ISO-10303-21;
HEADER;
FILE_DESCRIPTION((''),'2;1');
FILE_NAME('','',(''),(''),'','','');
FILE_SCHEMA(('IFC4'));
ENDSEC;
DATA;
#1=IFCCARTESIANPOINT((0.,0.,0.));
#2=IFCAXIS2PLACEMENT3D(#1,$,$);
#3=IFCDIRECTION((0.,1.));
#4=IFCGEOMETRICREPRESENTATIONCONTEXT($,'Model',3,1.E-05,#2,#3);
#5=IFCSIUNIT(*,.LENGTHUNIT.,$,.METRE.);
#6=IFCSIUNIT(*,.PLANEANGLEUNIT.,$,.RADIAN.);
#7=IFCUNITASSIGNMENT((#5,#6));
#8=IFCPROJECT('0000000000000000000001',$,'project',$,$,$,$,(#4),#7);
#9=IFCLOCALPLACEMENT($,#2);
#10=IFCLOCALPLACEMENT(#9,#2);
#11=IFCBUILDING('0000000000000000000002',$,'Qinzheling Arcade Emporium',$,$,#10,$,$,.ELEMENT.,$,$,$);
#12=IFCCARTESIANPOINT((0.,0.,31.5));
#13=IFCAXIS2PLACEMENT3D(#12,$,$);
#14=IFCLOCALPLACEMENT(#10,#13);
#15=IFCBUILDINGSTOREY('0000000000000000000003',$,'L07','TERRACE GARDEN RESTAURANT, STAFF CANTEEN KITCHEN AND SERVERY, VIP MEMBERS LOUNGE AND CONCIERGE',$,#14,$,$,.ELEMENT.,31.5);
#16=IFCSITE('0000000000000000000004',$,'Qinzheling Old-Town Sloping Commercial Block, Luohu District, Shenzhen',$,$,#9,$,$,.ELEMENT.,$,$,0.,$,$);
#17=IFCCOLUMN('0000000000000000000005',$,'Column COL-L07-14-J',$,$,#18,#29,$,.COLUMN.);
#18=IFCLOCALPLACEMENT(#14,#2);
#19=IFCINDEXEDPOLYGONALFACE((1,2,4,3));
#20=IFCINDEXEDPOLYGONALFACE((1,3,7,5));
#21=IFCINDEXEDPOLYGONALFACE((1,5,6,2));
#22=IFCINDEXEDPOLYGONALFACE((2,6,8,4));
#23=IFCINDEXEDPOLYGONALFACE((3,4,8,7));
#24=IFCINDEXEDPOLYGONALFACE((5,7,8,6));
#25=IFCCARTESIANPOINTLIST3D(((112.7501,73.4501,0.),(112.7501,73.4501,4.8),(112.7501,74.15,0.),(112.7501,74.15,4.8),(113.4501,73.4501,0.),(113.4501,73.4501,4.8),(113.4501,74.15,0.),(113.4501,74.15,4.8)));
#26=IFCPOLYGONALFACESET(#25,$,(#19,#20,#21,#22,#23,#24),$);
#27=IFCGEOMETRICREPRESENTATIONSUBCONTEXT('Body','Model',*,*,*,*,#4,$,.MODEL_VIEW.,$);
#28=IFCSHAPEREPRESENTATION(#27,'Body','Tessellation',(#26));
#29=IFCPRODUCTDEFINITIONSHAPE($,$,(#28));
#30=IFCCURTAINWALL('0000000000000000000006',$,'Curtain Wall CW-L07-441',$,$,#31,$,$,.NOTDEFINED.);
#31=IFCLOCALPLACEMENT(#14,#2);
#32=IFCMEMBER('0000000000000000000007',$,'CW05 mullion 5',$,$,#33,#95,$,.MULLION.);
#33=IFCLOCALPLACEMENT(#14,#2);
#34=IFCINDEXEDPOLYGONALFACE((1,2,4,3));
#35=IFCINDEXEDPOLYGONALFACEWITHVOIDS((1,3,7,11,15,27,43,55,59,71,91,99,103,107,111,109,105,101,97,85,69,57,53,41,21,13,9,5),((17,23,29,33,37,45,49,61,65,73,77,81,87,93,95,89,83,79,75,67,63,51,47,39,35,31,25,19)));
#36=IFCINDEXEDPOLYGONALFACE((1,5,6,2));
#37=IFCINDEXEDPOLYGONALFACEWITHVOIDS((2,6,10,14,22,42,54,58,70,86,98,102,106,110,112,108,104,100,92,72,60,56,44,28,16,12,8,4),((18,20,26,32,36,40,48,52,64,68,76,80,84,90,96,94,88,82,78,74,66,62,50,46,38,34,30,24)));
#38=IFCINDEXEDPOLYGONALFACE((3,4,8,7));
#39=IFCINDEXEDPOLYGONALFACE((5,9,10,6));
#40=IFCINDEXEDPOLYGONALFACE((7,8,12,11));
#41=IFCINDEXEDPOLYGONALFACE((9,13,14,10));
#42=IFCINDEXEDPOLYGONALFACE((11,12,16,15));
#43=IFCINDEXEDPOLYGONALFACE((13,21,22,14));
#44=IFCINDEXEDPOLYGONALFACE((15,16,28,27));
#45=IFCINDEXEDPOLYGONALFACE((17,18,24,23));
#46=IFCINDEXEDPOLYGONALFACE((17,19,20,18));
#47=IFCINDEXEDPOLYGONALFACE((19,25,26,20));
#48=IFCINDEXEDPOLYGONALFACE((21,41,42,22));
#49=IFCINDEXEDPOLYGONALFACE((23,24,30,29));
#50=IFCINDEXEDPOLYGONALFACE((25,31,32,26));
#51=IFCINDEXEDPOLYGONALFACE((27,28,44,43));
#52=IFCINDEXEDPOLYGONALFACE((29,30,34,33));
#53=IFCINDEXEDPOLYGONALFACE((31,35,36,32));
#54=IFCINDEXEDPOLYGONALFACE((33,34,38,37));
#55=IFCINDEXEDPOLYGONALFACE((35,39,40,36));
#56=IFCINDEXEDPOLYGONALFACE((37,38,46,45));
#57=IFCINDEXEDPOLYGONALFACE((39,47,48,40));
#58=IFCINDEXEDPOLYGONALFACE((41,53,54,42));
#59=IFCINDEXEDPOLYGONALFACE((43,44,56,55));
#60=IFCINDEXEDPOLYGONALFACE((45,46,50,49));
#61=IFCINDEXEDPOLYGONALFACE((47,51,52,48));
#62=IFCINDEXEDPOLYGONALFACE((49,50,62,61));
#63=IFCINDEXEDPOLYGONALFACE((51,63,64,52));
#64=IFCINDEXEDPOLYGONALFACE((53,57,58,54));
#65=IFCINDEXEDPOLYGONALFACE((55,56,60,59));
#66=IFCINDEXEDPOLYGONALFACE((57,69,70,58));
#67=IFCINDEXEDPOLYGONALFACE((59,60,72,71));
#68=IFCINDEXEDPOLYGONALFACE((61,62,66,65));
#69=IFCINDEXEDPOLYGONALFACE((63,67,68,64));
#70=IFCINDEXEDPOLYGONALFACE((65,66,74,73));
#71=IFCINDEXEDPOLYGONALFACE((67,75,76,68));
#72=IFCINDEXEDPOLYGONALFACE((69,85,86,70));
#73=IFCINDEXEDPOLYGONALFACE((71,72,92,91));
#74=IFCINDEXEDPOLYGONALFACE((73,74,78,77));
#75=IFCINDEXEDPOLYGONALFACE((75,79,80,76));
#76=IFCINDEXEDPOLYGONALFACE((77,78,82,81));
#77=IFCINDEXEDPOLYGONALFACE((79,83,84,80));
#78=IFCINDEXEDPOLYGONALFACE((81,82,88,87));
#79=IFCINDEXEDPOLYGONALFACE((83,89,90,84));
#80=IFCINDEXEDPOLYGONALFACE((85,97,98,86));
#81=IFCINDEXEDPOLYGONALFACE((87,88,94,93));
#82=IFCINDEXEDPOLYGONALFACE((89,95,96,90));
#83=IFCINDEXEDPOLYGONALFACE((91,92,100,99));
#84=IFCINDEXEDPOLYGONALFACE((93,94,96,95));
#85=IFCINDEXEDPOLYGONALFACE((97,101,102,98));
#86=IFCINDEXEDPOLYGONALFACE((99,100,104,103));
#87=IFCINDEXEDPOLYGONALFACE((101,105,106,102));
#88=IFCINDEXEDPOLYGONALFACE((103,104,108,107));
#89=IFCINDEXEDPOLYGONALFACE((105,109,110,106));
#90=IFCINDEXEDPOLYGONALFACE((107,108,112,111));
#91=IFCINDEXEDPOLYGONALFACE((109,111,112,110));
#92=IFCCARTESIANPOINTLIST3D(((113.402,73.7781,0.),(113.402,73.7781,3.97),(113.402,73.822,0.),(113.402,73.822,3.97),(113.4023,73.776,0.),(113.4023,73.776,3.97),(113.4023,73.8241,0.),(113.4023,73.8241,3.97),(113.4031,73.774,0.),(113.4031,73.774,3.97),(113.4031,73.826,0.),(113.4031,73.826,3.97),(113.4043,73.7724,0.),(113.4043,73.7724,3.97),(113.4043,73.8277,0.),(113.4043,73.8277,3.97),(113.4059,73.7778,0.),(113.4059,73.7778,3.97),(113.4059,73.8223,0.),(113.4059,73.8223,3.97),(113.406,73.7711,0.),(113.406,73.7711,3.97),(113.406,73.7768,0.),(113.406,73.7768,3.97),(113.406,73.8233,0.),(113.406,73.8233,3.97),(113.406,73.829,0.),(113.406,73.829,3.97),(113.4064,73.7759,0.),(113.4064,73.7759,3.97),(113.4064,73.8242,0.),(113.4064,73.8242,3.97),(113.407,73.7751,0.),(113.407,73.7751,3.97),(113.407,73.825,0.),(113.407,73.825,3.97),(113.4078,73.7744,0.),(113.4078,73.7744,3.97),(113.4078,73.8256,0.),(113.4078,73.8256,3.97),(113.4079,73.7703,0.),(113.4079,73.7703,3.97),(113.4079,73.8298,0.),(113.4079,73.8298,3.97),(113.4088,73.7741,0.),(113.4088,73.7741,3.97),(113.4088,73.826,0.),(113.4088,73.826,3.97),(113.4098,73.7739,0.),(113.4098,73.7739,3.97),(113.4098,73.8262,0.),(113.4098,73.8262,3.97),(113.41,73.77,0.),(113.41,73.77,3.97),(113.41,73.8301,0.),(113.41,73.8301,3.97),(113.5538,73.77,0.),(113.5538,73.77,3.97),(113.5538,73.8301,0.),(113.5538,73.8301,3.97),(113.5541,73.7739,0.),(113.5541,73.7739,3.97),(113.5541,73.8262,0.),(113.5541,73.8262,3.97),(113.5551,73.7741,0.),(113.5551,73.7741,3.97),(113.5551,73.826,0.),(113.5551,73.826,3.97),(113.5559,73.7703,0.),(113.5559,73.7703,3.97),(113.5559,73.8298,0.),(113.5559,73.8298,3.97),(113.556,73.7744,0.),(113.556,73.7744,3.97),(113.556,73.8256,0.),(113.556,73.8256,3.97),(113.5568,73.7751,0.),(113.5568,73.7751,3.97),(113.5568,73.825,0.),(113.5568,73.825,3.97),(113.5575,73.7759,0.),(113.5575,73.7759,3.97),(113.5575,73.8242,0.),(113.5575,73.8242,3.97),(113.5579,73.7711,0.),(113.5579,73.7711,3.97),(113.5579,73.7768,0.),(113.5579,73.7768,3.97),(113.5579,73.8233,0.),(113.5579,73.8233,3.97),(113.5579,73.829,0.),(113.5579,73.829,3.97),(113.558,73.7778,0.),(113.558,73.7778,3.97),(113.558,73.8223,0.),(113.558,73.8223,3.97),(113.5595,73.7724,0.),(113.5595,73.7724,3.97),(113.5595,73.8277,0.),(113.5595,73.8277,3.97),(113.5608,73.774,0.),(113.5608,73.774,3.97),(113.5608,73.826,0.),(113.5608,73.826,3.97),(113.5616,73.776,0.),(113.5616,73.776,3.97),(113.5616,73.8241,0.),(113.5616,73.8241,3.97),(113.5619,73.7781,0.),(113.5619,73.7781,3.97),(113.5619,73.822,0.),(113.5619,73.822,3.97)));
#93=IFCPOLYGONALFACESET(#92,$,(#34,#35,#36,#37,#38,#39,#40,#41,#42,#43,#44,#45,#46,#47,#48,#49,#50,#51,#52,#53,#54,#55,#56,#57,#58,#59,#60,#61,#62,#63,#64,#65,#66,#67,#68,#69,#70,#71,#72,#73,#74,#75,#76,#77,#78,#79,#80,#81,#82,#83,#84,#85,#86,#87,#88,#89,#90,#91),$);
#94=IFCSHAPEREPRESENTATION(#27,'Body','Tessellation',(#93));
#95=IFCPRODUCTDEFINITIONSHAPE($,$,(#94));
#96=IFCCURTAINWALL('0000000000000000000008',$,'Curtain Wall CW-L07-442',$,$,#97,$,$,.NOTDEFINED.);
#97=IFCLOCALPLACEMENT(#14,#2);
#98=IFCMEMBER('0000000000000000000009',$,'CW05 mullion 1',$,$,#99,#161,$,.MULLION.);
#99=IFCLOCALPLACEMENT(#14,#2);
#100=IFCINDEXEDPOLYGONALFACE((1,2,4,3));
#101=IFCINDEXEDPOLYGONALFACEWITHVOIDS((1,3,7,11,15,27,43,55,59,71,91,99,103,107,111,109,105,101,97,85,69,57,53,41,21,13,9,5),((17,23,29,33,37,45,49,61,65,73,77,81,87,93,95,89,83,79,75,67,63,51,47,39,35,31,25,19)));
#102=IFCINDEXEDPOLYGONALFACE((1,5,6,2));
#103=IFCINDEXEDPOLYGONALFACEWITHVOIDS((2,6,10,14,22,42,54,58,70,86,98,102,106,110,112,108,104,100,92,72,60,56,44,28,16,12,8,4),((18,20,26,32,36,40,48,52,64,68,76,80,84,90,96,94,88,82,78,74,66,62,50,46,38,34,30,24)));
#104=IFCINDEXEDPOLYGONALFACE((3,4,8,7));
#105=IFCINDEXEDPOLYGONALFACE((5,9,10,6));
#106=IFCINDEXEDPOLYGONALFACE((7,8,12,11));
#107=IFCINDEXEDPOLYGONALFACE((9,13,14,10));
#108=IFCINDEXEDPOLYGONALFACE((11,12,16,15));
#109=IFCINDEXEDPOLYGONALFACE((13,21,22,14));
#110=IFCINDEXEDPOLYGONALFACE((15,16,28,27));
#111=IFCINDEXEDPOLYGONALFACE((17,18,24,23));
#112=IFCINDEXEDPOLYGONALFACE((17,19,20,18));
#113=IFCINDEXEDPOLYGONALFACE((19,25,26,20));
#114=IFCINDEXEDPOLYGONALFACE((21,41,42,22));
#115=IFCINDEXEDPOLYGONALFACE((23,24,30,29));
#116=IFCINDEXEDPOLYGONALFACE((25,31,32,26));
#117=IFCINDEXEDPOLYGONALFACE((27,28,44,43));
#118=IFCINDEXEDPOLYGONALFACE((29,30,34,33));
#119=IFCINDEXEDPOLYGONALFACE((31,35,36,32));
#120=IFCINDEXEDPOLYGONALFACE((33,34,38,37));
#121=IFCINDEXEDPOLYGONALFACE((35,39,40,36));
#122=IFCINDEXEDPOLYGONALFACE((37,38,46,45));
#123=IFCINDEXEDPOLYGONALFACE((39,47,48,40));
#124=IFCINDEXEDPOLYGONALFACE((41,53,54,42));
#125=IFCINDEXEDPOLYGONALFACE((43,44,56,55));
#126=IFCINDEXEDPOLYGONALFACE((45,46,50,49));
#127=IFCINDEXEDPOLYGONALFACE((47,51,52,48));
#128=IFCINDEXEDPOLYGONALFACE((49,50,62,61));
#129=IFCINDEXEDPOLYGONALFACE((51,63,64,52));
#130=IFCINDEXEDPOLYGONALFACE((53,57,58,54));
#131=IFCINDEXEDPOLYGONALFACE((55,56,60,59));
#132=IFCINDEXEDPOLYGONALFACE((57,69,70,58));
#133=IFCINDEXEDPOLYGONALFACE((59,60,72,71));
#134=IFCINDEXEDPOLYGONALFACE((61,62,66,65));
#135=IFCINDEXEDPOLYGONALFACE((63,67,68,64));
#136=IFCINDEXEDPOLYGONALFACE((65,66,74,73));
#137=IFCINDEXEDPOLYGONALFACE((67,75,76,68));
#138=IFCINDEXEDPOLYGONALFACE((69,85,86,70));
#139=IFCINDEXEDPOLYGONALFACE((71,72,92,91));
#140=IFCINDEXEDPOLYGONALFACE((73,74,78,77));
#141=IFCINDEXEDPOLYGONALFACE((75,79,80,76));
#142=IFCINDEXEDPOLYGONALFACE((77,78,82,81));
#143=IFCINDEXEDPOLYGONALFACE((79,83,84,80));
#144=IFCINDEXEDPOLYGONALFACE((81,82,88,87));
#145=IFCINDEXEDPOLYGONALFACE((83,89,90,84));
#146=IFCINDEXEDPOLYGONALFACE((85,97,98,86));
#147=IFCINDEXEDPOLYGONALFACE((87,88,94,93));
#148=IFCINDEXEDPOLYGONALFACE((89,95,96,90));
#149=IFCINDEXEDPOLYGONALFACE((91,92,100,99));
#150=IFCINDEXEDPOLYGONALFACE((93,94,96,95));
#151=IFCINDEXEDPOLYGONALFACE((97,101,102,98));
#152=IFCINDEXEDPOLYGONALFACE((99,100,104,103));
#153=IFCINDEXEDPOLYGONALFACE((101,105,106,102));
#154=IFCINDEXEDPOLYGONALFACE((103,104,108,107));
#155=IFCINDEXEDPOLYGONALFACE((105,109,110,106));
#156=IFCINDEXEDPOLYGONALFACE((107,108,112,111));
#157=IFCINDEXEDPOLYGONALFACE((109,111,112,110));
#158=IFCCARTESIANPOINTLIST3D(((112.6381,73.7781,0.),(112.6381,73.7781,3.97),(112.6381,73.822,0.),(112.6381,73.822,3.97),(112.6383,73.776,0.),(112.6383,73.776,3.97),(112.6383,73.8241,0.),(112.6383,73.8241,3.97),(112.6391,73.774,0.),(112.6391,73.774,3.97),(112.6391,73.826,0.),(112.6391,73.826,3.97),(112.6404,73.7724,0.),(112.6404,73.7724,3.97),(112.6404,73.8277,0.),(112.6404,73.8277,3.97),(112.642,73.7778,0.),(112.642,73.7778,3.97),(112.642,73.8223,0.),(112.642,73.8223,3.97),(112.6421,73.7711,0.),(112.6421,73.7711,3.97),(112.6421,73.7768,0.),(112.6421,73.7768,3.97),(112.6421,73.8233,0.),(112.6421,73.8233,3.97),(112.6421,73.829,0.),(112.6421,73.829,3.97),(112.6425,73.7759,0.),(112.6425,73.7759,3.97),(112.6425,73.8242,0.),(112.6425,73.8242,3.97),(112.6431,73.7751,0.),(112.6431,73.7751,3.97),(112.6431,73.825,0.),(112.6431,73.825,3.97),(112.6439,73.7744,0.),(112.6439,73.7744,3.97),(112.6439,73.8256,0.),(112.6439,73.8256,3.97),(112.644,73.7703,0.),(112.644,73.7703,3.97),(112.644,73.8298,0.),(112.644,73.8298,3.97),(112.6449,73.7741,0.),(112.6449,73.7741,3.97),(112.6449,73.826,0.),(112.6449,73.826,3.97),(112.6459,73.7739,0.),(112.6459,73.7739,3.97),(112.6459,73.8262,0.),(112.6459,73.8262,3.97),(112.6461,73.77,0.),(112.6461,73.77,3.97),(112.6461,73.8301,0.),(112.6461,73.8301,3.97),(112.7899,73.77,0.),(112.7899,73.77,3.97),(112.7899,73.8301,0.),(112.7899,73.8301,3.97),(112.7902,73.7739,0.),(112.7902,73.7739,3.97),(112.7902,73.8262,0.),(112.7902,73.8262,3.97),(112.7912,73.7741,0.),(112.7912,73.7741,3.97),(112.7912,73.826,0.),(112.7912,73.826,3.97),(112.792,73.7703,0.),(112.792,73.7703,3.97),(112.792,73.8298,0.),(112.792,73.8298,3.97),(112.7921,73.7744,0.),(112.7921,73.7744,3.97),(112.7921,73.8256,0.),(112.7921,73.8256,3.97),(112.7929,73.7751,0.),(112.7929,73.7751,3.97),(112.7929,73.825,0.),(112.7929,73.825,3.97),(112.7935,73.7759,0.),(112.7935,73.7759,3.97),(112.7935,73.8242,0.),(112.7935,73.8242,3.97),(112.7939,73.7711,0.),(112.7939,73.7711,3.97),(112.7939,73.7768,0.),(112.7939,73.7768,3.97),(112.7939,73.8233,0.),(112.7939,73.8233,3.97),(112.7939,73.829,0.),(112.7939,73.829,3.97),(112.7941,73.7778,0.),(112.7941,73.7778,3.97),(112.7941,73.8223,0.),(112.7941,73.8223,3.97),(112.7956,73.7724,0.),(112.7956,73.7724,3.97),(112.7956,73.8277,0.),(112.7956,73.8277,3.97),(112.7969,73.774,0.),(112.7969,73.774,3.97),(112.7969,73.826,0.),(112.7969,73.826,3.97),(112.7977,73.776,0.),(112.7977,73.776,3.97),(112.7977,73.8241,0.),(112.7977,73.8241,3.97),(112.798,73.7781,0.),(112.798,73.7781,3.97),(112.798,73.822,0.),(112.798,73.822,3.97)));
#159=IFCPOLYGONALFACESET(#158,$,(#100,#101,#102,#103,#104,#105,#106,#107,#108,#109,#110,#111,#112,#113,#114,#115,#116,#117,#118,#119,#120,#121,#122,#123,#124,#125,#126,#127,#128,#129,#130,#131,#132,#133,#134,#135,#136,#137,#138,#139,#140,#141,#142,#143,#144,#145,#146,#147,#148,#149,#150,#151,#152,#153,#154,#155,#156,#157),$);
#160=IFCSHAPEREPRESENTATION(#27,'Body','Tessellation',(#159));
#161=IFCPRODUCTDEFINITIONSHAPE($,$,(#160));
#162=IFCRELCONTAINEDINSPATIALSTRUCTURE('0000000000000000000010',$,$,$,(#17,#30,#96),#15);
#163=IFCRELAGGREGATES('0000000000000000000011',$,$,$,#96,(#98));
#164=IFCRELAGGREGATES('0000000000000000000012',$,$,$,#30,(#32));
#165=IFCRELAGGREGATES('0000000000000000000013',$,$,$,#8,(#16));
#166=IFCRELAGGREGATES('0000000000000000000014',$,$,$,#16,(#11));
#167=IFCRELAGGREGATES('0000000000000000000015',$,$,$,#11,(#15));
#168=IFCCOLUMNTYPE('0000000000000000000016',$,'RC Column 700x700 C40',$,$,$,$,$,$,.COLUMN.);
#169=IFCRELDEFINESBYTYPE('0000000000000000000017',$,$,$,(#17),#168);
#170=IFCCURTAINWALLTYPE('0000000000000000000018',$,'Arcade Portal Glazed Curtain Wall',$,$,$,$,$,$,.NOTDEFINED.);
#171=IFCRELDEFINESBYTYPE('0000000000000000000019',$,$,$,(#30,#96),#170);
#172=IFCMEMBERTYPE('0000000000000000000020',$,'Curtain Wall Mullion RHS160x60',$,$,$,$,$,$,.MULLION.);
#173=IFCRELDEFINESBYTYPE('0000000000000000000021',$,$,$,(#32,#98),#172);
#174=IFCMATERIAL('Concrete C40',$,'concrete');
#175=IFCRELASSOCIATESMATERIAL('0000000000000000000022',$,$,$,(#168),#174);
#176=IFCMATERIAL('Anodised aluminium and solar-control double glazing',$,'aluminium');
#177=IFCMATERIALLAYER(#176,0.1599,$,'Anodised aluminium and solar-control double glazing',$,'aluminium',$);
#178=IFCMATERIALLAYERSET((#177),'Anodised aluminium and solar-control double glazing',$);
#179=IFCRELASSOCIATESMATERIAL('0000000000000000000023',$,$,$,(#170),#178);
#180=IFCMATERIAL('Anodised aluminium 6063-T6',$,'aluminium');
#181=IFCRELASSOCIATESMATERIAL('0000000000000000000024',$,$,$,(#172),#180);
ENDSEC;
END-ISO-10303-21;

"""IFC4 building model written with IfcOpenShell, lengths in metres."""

from ifc_helpers import new_model, si_unit, direction, frame, origin, origin_2d, place, context, subcontext, project, spatial, rectangle, hollow_rectangle, extrude, material, layer, layer_set, material_profile, profile_set, type_object, element, aggregate, save


model = new_model("IFC4")

# Units and contexts
model_context = context("Model", 3, precision=1e-05, world=origin(), true_north=direction((0.0, 1.0)))
body_context = subcontext(model_context, "Body", "Model", "MODEL_VIEW")
ifc_project = project(units=[si_unit("LENGTHUNIT", "METRE"), si_unit("PLANEANGLEUNIT", "RADIAN")], contexts=[model_context])

# Site, building, storey
site_placement = place(None, origin())
site = spatial("IfcSite", under=ifc_project, at=site_placement, Name="Qinzheling Old-Town Sloping Commercial Block, Luohu District, Shenzhen", CompositionType="ELEMENT", RefElevation=0.0)
building_placement = place(site_placement, origin())
building = spatial("IfcBuilding", under=site, at=building_placement, Name="Qinzheling Arcade Emporium", CompositionType="ELEMENT")
storey_placement = place(building_placement, frame((0.0, 0.0, 31.5)))
storey = spatial("IfcBuildingStorey", under=building, at=storey_placement, Name="L07", Description="TERRACE GARDEN RESTAURANT, STAFF CANTEEN KITCHEN AND SERVERY, VIP MEMBERS LOUNGE AND CONCIERGE", CompositionType="ELEMENT", Elevation=31.5)

# Column
ifc_material_1 = material(Name="Concrete C40", Category="concrete")
ifc_material_profile_1 = material_profile(ifc_material_1, rectangle(XDim=0.7, YDim=0.7, at=origin_2d()), Name="RC 700x700", Category="concrete")
ifc_profile_set_1 = profile_set([ifc_material_profile_1], Name="Concrete C40")
column_type = type_object("IfcColumnType", Name="RC Column 700x700 C40", PredefinedType="COLUMN", material=ifc_profile_set_1)
column_placement = place(storey_placement, frame((113.1001, 73.8, 0.0), z_axis=(0.0, 0.0, 1.0), x_axis=(1.0, 0.0, 0.0)))
element("IfcColumn", 1, at=column_placement, inside=storey, type_object=column_type, Name="Column COL-L07-14-J", PredefinedType="COLUMN", context=body_context, shape_type="SweptSolid", body=[
    extrude(rectangle(XDim=0.7, YDim=0.7, at=origin_2d()), origin(), (0.0, 0.0, 1.0), 4.8),
])

# Curtain wall, member
ifc_material_2 = material(Name="Anodised aluminium and solar-control double glazing", Category="aluminium")
ifc_layer_1 = layer(ifc_material_2, 0.1599, Name="Anodised aluminium and solar-control double glazing", Category="aluminium")
ifc_layer_set_1 = layer_set([ifc_layer_1], Name="Anodised aluminium and solar-control double glazing")
curtain_wall_type = type_object("IfcCurtainWallType", Name="Arcade Portal Glazed Curtain Wall", PredefinedType="NOTDEFINED", material=ifc_layer_set_1)
curtain_wall_1_placement = place(storey_placement, origin())
curtain_wall_1 = element("IfcCurtainWall", 2, at=curtain_wall_1_placement, inside=storey, type_object=curtain_wall_type, Name="Curtain Wall CW-L07-441", PredefinedType="NOTDEFINED")
ifc_material_3 = material(Name="Anodised aluminium 6063-T6", Category="aluminium")
ifc_material_profile_2 = material_profile(ifc_material_3, hollow_rectangle(XDim=0.0601, YDim=0.1599, WallThickness=0.0039, InnerFilletRadius=0.0039, OuterFilletRadius=0.0081, at=origin_2d()), Name="RHS 160x60x4", Category="aluminium")
ifc_profile_set_2 = profile_set([ifc_material_profile_2], Name="Anodised aluminium 6063-T6")
member_type_1 = type_object("IfcMemberType", Name="Curtain Wall Mullion RHS160x60", PredefinedType="MULLION", material=ifc_profile_set_2)
member_1_placement = place(storey_placement, frame((113.4819, 73.8, 0.0), z_axis=(0.0, 0.0, 1.0), x_axis=(0.0, -1.0, 0.0)))
member_1 = element("IfcMember", 3, at=member_1_placement, type_object=member_type_1, Name="CW05 mullion 5", PredefinedType="MULLION", context=body_context, shape_type="SweptSolid", body=[
    extrude(hollow_rectangle(XDim=0.0601, YDim=0.1599, WallThickness=0.0039, InnerFilletRadius=0.0039, OuterFilletRadius=0.0081, at=origin_2d()), origin(), (0.0, 0.0, 1.0), 3.97),
])

# Curtain wall, member
curtain_wall_2_placement = place(storey_placement, origin())
curtain_wall_2 = element("IfcCurtainWall", 4, at=curtain_wall_2_placement, inside=storey, type_object=curtain_wall_type, Name="Curtain Wall CW-L07-442", PredefinedType="NOTDEFINED")
member_2_placement = place(storey_placement, frame((112.718, 73.8, 0.0), z_axis=(0.0, 0.0, 1.0), x_axis=(0.0, -1.0, 0.0)))
member_2 = element("IfcMember", 5, at=member_2_placement, type_object=member_type_1, Name="CW05 mullion 1", PredefinedType="MULLION", context=body_context, shape_type="SweptSolid", body=[
    extrude(hollow_rectangle(XDim=0.0601, YDim=0.1599, WallThickness=0.0039, InnerFilletRadius=0.0039, OuterFilletRadius=0.0081, at=origin_2d()), origin(), (0.0, 0.0, 1.0), 3.97),
])

aggregate(curtain_wall_2, [member_2])
aggregate(curtain_wall_1, [member_1])

save(model, "model.ifc")
